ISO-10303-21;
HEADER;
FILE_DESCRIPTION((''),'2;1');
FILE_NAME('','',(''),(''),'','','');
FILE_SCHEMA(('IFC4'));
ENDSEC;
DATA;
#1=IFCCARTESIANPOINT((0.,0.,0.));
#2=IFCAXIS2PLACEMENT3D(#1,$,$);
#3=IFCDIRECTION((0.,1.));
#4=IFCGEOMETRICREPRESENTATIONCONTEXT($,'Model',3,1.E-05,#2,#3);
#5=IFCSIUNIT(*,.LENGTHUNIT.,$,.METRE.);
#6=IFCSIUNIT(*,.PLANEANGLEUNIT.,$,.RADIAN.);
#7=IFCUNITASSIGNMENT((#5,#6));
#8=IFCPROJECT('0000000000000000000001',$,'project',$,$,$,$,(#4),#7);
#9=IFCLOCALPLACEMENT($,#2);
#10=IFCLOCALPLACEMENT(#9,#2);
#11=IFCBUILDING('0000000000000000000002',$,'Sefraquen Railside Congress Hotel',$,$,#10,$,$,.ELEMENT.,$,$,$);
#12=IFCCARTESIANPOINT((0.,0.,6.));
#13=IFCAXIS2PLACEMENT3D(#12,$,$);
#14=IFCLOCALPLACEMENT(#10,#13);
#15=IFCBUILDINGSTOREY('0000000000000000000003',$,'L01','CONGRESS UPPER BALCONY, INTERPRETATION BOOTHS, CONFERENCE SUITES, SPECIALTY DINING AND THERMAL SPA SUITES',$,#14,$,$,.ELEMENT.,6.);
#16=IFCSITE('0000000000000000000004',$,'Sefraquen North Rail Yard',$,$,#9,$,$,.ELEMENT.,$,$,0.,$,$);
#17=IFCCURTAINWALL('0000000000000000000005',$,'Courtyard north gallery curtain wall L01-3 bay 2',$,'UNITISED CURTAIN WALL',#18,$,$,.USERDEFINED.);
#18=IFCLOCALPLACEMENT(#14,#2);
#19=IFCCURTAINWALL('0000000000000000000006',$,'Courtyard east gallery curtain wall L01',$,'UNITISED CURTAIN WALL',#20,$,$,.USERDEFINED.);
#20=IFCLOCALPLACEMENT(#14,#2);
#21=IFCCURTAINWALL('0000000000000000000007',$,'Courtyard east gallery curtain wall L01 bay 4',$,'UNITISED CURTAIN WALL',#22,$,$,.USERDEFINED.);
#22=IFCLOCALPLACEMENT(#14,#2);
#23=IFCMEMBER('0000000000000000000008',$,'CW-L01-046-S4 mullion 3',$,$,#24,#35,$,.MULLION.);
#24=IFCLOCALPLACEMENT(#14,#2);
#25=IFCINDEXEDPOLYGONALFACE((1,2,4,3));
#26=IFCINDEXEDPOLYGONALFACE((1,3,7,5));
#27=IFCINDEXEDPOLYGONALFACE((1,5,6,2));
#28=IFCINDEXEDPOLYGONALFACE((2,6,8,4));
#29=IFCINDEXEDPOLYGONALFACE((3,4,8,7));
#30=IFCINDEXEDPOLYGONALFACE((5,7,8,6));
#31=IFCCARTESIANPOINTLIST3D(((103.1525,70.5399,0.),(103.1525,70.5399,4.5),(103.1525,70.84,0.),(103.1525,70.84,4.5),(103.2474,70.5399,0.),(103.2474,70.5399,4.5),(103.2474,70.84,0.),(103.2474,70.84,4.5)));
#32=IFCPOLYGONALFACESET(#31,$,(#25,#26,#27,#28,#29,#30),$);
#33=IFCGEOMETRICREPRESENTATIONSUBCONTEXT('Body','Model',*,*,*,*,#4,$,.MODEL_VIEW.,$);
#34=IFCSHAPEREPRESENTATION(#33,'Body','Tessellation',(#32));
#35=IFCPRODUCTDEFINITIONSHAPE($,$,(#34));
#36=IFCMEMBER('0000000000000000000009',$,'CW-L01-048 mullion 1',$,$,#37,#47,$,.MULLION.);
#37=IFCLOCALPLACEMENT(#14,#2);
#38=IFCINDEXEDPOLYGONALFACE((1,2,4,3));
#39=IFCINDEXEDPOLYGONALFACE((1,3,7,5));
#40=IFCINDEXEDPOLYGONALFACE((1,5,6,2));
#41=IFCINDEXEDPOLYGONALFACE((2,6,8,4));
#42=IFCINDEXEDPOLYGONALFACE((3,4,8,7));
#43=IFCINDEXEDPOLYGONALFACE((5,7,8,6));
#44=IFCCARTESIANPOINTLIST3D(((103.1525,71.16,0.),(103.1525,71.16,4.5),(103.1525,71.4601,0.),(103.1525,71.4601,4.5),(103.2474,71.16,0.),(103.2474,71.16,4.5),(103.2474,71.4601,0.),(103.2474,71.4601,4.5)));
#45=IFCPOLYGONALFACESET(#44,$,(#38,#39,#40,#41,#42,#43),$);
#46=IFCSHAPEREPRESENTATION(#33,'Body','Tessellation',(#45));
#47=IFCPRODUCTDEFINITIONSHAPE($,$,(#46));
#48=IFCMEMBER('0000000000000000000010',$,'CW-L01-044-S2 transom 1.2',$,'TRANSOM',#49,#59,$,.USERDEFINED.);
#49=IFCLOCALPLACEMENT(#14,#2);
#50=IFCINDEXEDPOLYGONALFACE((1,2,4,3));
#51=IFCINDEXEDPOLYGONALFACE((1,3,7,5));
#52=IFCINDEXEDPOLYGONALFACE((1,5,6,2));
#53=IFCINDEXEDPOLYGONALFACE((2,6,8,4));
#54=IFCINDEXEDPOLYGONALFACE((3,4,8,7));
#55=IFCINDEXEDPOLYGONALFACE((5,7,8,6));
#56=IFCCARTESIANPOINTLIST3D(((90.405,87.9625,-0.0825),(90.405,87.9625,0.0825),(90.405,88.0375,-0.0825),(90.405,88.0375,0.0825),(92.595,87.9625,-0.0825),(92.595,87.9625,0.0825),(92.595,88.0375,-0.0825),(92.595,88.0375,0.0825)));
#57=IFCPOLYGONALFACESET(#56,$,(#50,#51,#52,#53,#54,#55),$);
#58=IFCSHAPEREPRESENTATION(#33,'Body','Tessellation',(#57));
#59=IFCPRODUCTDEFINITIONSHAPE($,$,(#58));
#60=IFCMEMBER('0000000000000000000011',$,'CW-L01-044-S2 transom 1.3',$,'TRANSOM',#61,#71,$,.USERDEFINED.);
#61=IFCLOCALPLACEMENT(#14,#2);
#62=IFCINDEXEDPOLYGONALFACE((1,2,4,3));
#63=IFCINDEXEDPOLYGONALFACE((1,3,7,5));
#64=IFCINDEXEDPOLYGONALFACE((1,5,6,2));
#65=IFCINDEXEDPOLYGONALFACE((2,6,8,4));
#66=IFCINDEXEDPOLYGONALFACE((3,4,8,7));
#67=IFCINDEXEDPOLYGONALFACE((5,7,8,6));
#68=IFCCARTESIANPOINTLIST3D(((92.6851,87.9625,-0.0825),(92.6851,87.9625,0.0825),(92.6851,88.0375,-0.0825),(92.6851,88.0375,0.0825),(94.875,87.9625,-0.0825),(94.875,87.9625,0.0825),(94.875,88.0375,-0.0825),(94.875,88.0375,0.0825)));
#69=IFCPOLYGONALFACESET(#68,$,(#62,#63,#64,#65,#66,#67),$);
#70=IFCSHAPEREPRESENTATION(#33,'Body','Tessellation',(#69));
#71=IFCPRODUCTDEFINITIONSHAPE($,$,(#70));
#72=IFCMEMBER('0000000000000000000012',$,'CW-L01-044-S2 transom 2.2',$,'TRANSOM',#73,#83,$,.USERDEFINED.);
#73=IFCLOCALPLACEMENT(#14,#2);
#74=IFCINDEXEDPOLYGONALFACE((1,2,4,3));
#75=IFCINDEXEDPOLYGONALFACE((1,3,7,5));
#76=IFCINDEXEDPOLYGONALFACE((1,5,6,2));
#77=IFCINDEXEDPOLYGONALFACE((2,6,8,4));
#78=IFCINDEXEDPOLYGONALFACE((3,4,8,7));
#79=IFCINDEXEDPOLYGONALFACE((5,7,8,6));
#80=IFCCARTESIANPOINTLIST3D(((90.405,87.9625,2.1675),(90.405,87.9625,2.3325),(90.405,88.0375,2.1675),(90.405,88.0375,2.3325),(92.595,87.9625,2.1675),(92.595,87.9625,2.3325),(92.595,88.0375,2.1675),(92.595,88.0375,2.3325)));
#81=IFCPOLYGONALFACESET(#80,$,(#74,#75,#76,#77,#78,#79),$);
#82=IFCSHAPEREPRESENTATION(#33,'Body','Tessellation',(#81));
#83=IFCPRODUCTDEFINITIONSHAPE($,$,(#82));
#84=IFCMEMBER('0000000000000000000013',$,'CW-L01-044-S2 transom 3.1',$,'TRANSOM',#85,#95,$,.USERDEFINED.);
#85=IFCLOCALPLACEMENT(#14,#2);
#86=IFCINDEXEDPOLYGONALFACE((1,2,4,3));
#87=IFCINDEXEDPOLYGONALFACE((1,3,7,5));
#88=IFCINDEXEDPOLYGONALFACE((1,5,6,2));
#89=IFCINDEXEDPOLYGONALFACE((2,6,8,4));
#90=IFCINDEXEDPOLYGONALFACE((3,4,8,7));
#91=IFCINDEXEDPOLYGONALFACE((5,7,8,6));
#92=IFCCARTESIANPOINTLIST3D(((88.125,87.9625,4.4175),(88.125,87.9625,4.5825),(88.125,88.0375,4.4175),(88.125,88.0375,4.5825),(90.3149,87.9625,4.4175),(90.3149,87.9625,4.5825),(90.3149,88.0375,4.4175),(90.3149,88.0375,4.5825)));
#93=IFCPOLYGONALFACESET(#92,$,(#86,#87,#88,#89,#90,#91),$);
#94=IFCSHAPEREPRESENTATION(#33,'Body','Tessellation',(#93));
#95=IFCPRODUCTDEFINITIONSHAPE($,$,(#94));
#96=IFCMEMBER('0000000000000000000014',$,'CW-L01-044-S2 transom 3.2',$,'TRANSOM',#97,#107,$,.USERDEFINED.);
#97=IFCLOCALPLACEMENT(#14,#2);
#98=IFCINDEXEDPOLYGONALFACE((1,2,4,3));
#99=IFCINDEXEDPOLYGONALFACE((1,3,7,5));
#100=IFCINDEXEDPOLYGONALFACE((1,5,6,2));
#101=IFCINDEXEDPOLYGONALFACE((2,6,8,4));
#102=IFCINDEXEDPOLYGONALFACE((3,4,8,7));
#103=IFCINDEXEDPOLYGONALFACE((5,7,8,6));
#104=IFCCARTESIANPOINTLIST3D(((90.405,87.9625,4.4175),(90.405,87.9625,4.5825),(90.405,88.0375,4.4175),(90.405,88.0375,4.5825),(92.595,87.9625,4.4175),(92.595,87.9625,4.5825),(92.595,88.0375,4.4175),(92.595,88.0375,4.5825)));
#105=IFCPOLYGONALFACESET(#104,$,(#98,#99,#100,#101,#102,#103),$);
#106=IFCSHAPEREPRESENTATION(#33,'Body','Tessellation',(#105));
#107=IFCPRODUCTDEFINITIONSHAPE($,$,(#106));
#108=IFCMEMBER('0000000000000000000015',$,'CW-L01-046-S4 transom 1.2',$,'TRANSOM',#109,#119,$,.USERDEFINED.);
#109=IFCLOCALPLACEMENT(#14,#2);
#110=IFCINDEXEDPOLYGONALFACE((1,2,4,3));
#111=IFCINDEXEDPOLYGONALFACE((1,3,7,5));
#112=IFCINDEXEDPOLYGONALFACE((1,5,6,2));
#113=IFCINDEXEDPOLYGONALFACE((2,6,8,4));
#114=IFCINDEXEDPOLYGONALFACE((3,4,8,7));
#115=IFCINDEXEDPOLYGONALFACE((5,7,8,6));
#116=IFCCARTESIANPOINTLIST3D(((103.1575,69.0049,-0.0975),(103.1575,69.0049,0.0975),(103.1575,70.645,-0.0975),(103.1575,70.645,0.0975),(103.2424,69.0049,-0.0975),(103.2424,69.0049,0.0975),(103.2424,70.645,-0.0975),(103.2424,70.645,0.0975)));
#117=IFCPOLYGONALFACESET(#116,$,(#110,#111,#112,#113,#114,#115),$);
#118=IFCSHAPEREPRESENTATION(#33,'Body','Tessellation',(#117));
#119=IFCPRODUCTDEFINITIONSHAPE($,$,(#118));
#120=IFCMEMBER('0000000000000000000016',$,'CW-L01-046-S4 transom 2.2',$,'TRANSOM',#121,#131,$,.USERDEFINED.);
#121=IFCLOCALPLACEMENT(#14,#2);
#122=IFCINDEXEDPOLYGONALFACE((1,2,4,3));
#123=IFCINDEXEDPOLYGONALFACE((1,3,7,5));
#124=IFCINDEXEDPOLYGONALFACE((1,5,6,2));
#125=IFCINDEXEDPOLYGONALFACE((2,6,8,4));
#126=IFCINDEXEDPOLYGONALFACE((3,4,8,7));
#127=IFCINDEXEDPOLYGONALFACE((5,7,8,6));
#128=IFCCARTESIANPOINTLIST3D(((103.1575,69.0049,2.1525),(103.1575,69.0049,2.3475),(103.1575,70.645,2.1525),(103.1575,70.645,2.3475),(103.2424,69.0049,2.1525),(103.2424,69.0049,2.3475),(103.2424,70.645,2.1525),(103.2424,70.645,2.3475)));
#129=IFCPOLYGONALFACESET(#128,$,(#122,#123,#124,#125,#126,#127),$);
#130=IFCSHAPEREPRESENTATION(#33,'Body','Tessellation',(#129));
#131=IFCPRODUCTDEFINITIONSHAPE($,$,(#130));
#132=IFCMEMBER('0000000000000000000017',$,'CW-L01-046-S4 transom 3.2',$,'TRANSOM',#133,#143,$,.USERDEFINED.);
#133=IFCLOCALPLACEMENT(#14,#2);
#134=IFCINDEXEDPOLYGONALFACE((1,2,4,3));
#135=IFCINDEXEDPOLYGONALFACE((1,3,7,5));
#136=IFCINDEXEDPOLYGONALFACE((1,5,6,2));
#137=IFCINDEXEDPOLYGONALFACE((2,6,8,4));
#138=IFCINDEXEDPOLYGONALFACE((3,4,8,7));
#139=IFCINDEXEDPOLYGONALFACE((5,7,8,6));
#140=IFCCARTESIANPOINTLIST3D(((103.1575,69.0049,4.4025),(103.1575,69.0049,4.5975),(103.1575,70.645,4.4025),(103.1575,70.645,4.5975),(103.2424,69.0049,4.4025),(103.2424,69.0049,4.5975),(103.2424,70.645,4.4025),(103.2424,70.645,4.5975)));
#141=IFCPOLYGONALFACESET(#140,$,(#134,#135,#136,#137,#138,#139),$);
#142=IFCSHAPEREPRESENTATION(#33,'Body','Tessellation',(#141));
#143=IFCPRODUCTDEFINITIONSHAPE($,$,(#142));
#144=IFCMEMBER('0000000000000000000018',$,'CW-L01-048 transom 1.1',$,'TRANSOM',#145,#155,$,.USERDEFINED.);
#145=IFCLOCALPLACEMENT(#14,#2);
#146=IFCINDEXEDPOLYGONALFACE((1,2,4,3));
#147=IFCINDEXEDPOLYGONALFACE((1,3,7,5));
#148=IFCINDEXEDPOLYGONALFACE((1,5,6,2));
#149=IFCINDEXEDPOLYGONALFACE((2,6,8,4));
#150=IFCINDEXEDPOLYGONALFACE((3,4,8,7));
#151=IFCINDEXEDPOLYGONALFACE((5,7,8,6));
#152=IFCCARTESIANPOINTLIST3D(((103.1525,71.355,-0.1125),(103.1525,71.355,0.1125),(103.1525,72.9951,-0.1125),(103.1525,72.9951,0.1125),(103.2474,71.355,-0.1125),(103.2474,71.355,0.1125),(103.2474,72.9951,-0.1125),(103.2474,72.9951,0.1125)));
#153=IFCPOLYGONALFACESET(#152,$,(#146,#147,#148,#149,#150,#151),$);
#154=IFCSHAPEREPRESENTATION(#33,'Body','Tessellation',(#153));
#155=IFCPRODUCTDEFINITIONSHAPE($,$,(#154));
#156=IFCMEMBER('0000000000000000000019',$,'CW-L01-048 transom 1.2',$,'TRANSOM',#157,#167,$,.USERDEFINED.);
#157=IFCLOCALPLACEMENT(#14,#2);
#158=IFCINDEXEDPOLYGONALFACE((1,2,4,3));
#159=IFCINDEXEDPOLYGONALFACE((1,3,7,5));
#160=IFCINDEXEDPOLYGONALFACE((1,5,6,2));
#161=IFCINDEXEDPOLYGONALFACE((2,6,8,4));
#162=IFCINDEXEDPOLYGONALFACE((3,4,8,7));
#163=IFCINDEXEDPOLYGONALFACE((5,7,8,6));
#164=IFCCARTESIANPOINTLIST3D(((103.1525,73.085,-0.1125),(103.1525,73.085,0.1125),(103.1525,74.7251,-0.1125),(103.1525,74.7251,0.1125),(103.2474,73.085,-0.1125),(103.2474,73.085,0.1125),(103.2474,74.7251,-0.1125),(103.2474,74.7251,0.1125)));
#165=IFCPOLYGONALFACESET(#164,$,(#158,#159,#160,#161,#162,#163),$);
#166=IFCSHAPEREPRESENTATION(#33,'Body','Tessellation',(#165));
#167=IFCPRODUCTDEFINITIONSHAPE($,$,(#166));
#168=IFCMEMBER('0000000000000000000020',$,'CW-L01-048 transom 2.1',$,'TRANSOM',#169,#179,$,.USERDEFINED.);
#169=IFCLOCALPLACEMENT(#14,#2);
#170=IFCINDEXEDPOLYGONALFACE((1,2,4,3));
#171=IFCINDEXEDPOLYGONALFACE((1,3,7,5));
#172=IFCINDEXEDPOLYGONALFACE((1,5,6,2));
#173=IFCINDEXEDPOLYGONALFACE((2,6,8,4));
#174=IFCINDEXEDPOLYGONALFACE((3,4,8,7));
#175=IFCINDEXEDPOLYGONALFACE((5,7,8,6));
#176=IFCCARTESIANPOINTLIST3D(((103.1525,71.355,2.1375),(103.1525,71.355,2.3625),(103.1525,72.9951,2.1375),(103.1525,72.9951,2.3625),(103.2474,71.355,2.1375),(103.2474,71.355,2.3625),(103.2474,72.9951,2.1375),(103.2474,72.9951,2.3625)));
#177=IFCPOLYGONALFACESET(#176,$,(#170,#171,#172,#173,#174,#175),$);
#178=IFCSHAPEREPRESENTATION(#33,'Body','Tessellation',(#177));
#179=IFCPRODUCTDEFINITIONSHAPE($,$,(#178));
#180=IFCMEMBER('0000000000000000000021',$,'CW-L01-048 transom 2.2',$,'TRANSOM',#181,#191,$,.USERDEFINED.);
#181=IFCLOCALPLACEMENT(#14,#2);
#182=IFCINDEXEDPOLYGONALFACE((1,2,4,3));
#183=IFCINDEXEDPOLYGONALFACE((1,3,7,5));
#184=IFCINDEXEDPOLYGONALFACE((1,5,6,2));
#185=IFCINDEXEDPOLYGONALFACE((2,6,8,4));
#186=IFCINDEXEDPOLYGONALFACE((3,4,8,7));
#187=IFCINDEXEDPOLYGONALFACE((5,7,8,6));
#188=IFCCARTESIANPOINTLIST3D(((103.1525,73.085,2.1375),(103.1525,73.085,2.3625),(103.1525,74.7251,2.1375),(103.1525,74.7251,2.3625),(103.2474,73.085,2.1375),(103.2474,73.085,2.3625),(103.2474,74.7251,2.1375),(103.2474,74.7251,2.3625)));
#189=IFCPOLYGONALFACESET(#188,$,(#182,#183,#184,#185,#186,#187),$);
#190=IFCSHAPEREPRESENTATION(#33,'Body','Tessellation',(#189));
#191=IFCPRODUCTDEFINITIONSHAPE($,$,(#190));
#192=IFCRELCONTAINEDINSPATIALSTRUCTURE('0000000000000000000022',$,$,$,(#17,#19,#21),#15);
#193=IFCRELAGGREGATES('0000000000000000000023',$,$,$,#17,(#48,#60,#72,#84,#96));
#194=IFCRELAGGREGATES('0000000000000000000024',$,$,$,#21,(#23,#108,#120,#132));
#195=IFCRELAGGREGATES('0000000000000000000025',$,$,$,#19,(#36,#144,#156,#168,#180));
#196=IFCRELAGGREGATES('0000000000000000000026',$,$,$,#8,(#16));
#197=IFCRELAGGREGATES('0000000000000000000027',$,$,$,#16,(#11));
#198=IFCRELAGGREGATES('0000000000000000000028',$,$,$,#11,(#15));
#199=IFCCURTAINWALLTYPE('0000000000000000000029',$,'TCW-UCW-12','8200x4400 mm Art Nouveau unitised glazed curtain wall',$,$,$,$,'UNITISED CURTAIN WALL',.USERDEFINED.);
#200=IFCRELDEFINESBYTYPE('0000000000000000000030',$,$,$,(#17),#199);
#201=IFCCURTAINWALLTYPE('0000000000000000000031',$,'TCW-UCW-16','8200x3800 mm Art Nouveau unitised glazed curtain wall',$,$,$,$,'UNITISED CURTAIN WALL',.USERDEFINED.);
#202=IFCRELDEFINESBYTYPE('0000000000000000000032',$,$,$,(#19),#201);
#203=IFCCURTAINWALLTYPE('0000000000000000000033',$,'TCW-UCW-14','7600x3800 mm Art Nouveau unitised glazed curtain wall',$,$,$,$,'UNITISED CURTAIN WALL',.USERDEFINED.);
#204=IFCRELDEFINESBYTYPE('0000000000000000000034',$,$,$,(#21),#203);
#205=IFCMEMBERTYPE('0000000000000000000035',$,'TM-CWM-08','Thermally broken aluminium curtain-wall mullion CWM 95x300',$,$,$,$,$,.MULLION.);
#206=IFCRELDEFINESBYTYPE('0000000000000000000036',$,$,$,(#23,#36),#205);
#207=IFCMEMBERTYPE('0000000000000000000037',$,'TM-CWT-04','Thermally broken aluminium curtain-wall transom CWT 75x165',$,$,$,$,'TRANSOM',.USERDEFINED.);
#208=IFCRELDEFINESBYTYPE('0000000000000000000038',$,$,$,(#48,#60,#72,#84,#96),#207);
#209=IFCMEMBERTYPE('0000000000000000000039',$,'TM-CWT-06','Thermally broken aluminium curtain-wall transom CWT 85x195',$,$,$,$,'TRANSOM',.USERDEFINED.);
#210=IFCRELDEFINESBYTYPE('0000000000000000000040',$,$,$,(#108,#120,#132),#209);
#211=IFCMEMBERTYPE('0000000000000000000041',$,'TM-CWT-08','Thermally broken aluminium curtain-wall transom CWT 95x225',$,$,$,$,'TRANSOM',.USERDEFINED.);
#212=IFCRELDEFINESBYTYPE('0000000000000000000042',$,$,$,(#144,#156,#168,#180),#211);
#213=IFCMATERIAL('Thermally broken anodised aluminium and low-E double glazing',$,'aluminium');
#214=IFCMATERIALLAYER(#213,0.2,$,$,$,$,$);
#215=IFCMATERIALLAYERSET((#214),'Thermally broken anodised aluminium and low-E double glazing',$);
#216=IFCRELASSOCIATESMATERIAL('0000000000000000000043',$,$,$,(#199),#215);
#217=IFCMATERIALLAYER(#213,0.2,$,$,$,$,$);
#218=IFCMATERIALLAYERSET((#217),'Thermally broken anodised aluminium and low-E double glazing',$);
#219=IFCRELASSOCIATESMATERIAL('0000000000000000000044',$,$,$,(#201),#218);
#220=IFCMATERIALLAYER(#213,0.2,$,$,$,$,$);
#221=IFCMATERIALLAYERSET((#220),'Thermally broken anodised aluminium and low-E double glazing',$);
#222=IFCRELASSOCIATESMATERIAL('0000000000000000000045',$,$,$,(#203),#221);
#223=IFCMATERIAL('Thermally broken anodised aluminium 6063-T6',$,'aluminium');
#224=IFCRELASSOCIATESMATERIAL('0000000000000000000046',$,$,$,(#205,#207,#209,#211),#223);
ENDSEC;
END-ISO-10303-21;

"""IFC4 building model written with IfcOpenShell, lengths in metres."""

from ifc_helpers import new_model, si_unit, direction, frame, origin, origin_2d, place, context, subcontext, project, spatial, rectangle, extrude, material, layer, layer_set, material_profile, profile_set, type_object, element, aggregate, save


model = new_model("IFC4")

# Units and contexts
model_context = context("Model", 3, precision=1e-05, world=origin(), true_north=direction((0.0, 1.0)))
body_context = subcontext(model_context, "Body", "Model", "MODEL_VIEW")
ifc_project = project(units=[si_unit("LENGTHUNIT", "METRE"), si_unit("PLANEANGLEUNIT", "RADIAN")], contexts=[model_context])

# Site, building, storey
site_placement = place(None, origin())
site = spatial("IfcSite", under=ifc_project, at=site_placement, Name="Sefraquen North Rail Yard", CompositionType="ELEMENT", RefElevation=0.0)
building_placement = place(site_placement, origin())
building = spatial("IfcBuilding", under=site, at=building_placement, Name="Sefraquen Railside Congress Hotel", CompositionType="ELEMENT")
storey_placement = place(building_placement, frame((0.0, 0.0, 6.0)))
storey = spatial("IfcBuildingStorey", under=building, at=storey_placement, Name="L01", Description="CONGRESS UPPER BALCONY, INTERPRETATION BOOTHS, CONFERENCE SUITES, SPECIALTY DINING AND THERMAL SPA SUITES", CompositionType="ELEMENT", Elevation=6.0)

# Curtain wall
ifc_material_1 = material(Name="Thermally broken anodised aluminium and low-E double glazing", Category="aluminium")
ifc_layer_1 = layer(ifc_material_1, 0.2)
ifc_layer_set_1 = layer_set([ifc_layer_1], Name="Thermally broken anodised aluminium and low-E double glazing")
curtain_wall_type_1 = type_object("IfcCurtainWallType", Name="TCW-UCW-12", Description="8200x4400 mm Art Nouveau unitised glazed curtain wall", ElementType="UNITISED CURTAIN WALL", PredefinedType="USERDEFINED", material=ifc_layer_set_1)
curtain_wall_1_placement = place(storey_placement, origin())
curtain_wall_1 = element("IfcCurtainWall", 1, at=curtain_wall_1_placement, inside=storey, type_object=curtain_wall_type_1, Name="Courtyard north gallery curtain wall L01-3 bay 2", ObjectType="UNITISED CURTAIN WALL", PredefinedType="USERDEFINED")
ifc_material_2 = material(Name="Thermally broken anodised aluminium 6063-T6", Category="aluminium")

# Curtain walls, member
ifc_layer_2 = layer(ifc_material_1, 0.2)
ifc_layer_set_2 = layer_set([ifc_layer_2], Name="Thermally broken anodised aluminium and low-E double glazing")
curtain_wall_type_2 = type_object("IfcCurtainWallType", Name="TCW-UCW-16", Description="8200x3800 mm Art Nouveau unitised glazed curtain wall", ElementType="UNITISED CURTAIN WALL", PredefinedType="USERDEFINED", material=ifc_layer_set_2)
curtain_wall_2_placement = place(storey_placement, origin())
curtain_wall_2 = element("IfcCurtainWall", 2, at=curtain_wall_2_placement, inside=storey, type_object=curtain_wall_type_2, Name="Courtyard east gallery curtain wall L01", ObjectType="UNITISED CURTAIN WALL", PredefinedType="USERDEFINED")
ifc_layer_3 = layer(ifc_material_1, 0.2)
ifc_layer_set_3 = layer_set([ifc_layer_3], Name="Thermally broken anodised aluminium and low-E double glazing")
curtain_wall_type_3 = type_object("IfcCurtainWallType", Name="TCW-UCW-14", Description="7600x3800 mm Art Nouveau unitised glazed curtain wall", ElementType="UNITISED CURTAIN WALL", PredefinedType="USERDEFINED", material=ifc_layer_set_3)
curtain_wall_3_placement = place(storey_placement, origin())
curtain_wall_3 = element("IfcCurtainWall", 3, at=curtain_wall_3_placement, inside=storey, type_object=curtain_wall_type_3, Name="Courtyard east gallery curtain wall L01 bay 4", ObjectType="UNITISED CURTAIN WALL", PredefinedType="USERDEFINED")
ifc_material_profile_1 = material_profile(ifc_material_2, rectangle(XDim=0.095, YDim=0.3, at=origin_2d()), Name="CWM 95x300")
ifc_profile_set_1 = profile_set([ifc_material_profile_1], Name="Thermally broken anodised aluminium 6063-T6")
member_type_1 = type_object("IfcMemberType", Name="TM-CWM-08", Description="Thermally broken aluminium curtain-wall mullion CWM 95x300", PredefinedType="MULLION", material=ifc_profile_set_1)
member_1_placement = place(storey_placement, frame((103.2, 70.6899, 0.0), z_axis=(0.0, 0.0, 1.0), x_axis=(1.0, 0.0, 0.0)))
member_1 = element("IfcMember", 4, at=member_1_placement, type_object=member_type_1, Name="CW-L01-046-S4 mullion 3", PredefinedType="MULLION", context=body_context, shape_type="SweptSolid", body=[
    extrude(rectangle(XDim=0.095, YDim=0.3, at=origin_2d()), origin(), (0.0, 0.0, 1.0), 4.5),
])

# Members
member_2_placement = place(storey_placement, frame((103.2, 71.3101, 0.0), z_axis=(0.0, 0.0, 1.0), x_axis=(1.0, 0.0, 0.0)))
member_2 = element("IfcMember", 5, at=member_2_placement, type_object=member_type_1, Name="CW-L01-048 mullion 1", PredefinedType="MULLION", context=body_context, shape_type="SweptSolid", body=[
    extrude(rectangle(XDim=0.095, YDim=0.3, at=origin_2d()), origin(), (0.0, 0.0, 1.0), 4.5),
])
ifc_material_profile_2 = material_profile(ifc_material_2, rectangle(XDim=0.075, YDim=0.165, at=origin_2d()), Name="CWT 75x165")
ifc_profile_set_2 = profile_set([ifc_material_profile_2], Name="Thermally broken anodised aluminium 6063-T6")
member_type_2 = type_object("IfcMemberType", Name="TM-CWT-04", Description="Thermally broken aluminium curtain-wall transom CWT 75x165", ElementType="TRANSOM", PredefinedType="USERDEFINED", material=ifc_profile_set_2)
member_3_placement = place(storey_placement, frame((90.405, 88.0, 0.0), z_axis=(1.0, 0.0, 0.0), x_axis=(0.0, 1.0, 0.0)))
member_3 = element("IfcMember", 6, at=member_3_placement, type_object=member_type_2, Name="CW-L01-044-S2 transom 1.2", ObjectType="TRANSOM", PredefinedType="USERDEFINED", context=body_context, shape_type="SweptSolid", body=[
    extrude(rectangle(XDim=0.075, YDim=0.165, at=origin_2d()), origin(), (0.0, 0.0, 1.0), 2.1899),
])
member_4_placement = place(storey_placement, frame((92.6851, 88.0, 0.0), z_axis=(1.0, 0.0, 0.0), x_axis=(0.0, 1.0, 0.0)))
member_4 = element("IfcMember", 7, at=member_4_placement, type_object=member_type_2, Name="CW-L01-044-S2 transom 1.3", ObjectType="TRANSOM", PredefinedType="USERDEFINED", context=body_context, shape_type="SweptSolid", body=[
    extrude(rectangle(XDim=0.075, YDim=0.165, at=origin_2d()), origin(), (0.0, 0.0, 1.0), 2.1899),
])
member_5_placement = place(storey_placement, frame((90.405, 88.0, 2.25), z_axis=(1.0, 0.0, 0.0), x_axis=(0.0, 1.0, 0.0)))
member_5 = element("IfcMember", 8, at=member_5_placement, type_object=member_type_2, Name="CW-L01-044-S2 transom 2.2", ObjectType="TRANSOM", PredefinedType="USERDEFINED", context=body_context, shape_type="SweptSolid", body=[
    extrude(rectangle(XDim=0.075, YDim=0.165, at=origin_2d()), origin(), (0.0, 0.0, 1.0), 2.1899),
])
member_6_placement = place(storey_placement, frame((88.125, 88.0, 4.5), z_axis=(1.0, 0.0, 0.0), x_axis=(0.0, 1.0, 0.0)))
member_6 = element("IfcMember", 9, at=member_6_placement, type_object=member_type_2, Name="CW-L01-044-S2 transom 3.1", ObjectType="TRANSOM", PredefinedType="USERDEFINED", context=body_context, shape_type="SweptSolid", body=[
    extrude(rectangle(XDim=0.075, YDim=0.165, at=origin_2d()), origin(), (0.0, 0.0, 1.0), 2.1899),
])
member_7_placement = place(storey_placement, frame((90.405, 88.0, 4.5), z_axis=(1.0, 0.0, 0.0), x_axis=(0.0, 1.0, 0.0)))
member_7 = element("IfcMember", 10, at=member_7_placement, type_object=member_type_2, Name="CW-L01-044-S2 transom 3.2", ObjectType="TRANSOM", PredefinedType="USERDEFINED", context=body_context, shape_type="SweptSolid", body=[
    extrude(rectangle(XDim=0.075, YDim=0.165, at=origin_2d()), origin(), (0.0, 0.0, 1.0), 2.1899),
])
ifc_material_profile_3 = material_profile(ifc_material_2, rectangle(XDim=0.085, YDim=0.1951, at=origin_2d()), Name="CWT 85x195")
ifc_profile_set_3 = profile_set([ifc_material_profile_3], Name="Thermally broken anodised aluminium 6063-T6")
member_type_3 = type_object("IfcMemberType", Name="TM-CWT-06", Description="Thermally broken aluminium curtain-wall transom CWT 85x195", ElementType="TRANSOM", PredefinedType="USERDEFINED", material=ifc_profile_set_3)
member_8_placement = place(storey_placement, frame((103.2, 69.0049, 0.0), z_axis=(0.0, 1.0, 0.0), x_axis=(-1.0, 0.0, 0.0)))
member_8 = element("IfcMember", 11, at=member_8_placement, type_object=member_type_3, Name="CW-L01-046-S4 transom 1.2", ObjectType="TRANSOM", PredefinedType="USERDEFINED", context=body_context, shape_type="SweptSolid", body=[
    extrude(rectangle(XDim=0.085, YDim=0.1951, at=origin_2d()), origin(), (0.0, 0.0, 1.0), 1.6401),
])
member_9_placement = place(storey_placement, frame((103.2, 69.0049, 2.25), z_axis=(0.0, 1.0, 0.0), x_axis=(-1.0, 0.0, 0.0)))
member_9 = element("IfcMember", 12, at=member_9_placement, type_object=member_type_3, Name="CW-L01-046-S4 transom 2.2", ObjectType="TRANSOM", PredefinedType="USERDEFINED", context=body_context, shape_type="SweptSolid", body=[
    extrude(rectangle(XDim=0.085, YDim=0.1951, at=origin_2d()), origin(), (0.0, 0.0, 1.0), 1.6401),
])
member_10_placement = place(storey_placement, frame((103.2, 69.0049, 4.5), z_axis=(0.0, 1.0, 0.0), x_axis=(-1.0, 0.0, 0.0)))
member_10 = element("IfcMember", 13, at=member_10_placement, type_object=member_type_3, Name="CW-L01-046-S4 transom 3.2", ObjectType="TRANSOM", PredefinedType="USERDEFINED", context=body_context, shape_type="SweptSolid", body=[
    extrude(rectangle(XDim=0.085, YDim=0.1951, at=origin_2d()), origin(), (0.0, 0.0, 1.0), 1.6401),
])
ifc_material_profile_4 = material_profile(ifc_material_2, rectangle(XDim=0.095, YDim=0.2251, at=origin_2d()), Name="CWT 95x225")
ifc_profile_set_4 = profile_set([ifc_material_profile_4], Name="Thermally broken anodised aluminium 6063-T6")
member_type_4 = type_object("IfcMemberType", Name="TM-CWT-08", Description="Thermally broken aluminium curtain-wall transom CWT 95x225", ElementType="TRANSOM", PredefinedType="USERDEFINED", material=ifc_profile_set_4)
member_11_placement = place(storey_placement, frame((103.2, 71.355, 0.0), z_axis=(0.0, 1.0, 0.0), x_axis=(-1.0, 0.0, 0.0)))
member_11 = element("IfcMember", 14, at=member_11_placement, type_object=member_type_4, Name="CW-L01-048 transom 1.1", ObjectType="TRANSOM", PredefinedType="USERDEFINED", context=body_context, shape_type="SweptSolid", body=[
    extrude(rectangle(XDim=0.095, YDim=0.2251, at=origin_2d()), origin(), (0.0, 0.0, 1.0), 1.6401),
])
member_12_placement = place(storey_placement, frame((103.2, 73.085, 0.0), z_axis=(0.0, 1.0, 0.0), x_axis=(-1.0, 0.0, 0.0)))
member_12 = element("IfcMember", 15, at=member_12_placement, type_object=member_type_4, Name="CW-L01-048 transom 1.2", ObjectType="TRANSOM", PredefinedType="USERDEFINED", context=body_context, shape_type="SweptSolid", body=[
    extrude(rectangle(XDim=0.095, YDim=0.2251, at=origin_2d()), origin(), (0.0, 0.0, 1.0), 1.6401),
])
member_13_placement = place(storey_placement, frame((103.2, 71.355, 2.25), z_axis=(0.0, 1.0, 0.0), x_axis=(-1.0, 0.0, 0.0)))
member_13 = element("IfcMember", 16, at=member_13_placement, type_object=member_type_4, Name="CW-L01-048 transom 2.1", ObjectType="TRANSOM", PredefinedType="USERDEFINED", context=body_context, shape_type="SweptSolid", body=[
    extrude(rectangle(XDim=0.095, YDim=0.2251, at=origin_2d()), origin(), (0.0, 0.0, 1.0), 1.6401),
])
member_14_placement = place(storey_placement, frame((103.2, 73.085, 2.25), z_axis=(0.0, 1.0, 0.0), x_axis=(-1.0, 0.0, 0.0)))
member_14 = element("IfcMember", 17, at=member_14_placement, type_object=member_type_4, Name="CW-L01-048 transom 2.2", ObjectType="TRANSOM", PredefinedType="USERDEFINED", context=body_context, shape_type="SweptSolid", body=[
    extrude(rectangle(XDim=0.095, YDim=0.2251, at=origin_2d()), origin(), (0.0, 0.0, 1.0), 1.6401),
])

aggregate(curtain_wall_1, [member_3, member_4, member_5, member_6, member_7])
aggregate(curtain_wall_3, [member_1, member_8, member_9, member_10])
aggregate(curtain_wall_2, [member_2, member_11, member_12, member_13, member_14])

save(model, "model.ifc")
